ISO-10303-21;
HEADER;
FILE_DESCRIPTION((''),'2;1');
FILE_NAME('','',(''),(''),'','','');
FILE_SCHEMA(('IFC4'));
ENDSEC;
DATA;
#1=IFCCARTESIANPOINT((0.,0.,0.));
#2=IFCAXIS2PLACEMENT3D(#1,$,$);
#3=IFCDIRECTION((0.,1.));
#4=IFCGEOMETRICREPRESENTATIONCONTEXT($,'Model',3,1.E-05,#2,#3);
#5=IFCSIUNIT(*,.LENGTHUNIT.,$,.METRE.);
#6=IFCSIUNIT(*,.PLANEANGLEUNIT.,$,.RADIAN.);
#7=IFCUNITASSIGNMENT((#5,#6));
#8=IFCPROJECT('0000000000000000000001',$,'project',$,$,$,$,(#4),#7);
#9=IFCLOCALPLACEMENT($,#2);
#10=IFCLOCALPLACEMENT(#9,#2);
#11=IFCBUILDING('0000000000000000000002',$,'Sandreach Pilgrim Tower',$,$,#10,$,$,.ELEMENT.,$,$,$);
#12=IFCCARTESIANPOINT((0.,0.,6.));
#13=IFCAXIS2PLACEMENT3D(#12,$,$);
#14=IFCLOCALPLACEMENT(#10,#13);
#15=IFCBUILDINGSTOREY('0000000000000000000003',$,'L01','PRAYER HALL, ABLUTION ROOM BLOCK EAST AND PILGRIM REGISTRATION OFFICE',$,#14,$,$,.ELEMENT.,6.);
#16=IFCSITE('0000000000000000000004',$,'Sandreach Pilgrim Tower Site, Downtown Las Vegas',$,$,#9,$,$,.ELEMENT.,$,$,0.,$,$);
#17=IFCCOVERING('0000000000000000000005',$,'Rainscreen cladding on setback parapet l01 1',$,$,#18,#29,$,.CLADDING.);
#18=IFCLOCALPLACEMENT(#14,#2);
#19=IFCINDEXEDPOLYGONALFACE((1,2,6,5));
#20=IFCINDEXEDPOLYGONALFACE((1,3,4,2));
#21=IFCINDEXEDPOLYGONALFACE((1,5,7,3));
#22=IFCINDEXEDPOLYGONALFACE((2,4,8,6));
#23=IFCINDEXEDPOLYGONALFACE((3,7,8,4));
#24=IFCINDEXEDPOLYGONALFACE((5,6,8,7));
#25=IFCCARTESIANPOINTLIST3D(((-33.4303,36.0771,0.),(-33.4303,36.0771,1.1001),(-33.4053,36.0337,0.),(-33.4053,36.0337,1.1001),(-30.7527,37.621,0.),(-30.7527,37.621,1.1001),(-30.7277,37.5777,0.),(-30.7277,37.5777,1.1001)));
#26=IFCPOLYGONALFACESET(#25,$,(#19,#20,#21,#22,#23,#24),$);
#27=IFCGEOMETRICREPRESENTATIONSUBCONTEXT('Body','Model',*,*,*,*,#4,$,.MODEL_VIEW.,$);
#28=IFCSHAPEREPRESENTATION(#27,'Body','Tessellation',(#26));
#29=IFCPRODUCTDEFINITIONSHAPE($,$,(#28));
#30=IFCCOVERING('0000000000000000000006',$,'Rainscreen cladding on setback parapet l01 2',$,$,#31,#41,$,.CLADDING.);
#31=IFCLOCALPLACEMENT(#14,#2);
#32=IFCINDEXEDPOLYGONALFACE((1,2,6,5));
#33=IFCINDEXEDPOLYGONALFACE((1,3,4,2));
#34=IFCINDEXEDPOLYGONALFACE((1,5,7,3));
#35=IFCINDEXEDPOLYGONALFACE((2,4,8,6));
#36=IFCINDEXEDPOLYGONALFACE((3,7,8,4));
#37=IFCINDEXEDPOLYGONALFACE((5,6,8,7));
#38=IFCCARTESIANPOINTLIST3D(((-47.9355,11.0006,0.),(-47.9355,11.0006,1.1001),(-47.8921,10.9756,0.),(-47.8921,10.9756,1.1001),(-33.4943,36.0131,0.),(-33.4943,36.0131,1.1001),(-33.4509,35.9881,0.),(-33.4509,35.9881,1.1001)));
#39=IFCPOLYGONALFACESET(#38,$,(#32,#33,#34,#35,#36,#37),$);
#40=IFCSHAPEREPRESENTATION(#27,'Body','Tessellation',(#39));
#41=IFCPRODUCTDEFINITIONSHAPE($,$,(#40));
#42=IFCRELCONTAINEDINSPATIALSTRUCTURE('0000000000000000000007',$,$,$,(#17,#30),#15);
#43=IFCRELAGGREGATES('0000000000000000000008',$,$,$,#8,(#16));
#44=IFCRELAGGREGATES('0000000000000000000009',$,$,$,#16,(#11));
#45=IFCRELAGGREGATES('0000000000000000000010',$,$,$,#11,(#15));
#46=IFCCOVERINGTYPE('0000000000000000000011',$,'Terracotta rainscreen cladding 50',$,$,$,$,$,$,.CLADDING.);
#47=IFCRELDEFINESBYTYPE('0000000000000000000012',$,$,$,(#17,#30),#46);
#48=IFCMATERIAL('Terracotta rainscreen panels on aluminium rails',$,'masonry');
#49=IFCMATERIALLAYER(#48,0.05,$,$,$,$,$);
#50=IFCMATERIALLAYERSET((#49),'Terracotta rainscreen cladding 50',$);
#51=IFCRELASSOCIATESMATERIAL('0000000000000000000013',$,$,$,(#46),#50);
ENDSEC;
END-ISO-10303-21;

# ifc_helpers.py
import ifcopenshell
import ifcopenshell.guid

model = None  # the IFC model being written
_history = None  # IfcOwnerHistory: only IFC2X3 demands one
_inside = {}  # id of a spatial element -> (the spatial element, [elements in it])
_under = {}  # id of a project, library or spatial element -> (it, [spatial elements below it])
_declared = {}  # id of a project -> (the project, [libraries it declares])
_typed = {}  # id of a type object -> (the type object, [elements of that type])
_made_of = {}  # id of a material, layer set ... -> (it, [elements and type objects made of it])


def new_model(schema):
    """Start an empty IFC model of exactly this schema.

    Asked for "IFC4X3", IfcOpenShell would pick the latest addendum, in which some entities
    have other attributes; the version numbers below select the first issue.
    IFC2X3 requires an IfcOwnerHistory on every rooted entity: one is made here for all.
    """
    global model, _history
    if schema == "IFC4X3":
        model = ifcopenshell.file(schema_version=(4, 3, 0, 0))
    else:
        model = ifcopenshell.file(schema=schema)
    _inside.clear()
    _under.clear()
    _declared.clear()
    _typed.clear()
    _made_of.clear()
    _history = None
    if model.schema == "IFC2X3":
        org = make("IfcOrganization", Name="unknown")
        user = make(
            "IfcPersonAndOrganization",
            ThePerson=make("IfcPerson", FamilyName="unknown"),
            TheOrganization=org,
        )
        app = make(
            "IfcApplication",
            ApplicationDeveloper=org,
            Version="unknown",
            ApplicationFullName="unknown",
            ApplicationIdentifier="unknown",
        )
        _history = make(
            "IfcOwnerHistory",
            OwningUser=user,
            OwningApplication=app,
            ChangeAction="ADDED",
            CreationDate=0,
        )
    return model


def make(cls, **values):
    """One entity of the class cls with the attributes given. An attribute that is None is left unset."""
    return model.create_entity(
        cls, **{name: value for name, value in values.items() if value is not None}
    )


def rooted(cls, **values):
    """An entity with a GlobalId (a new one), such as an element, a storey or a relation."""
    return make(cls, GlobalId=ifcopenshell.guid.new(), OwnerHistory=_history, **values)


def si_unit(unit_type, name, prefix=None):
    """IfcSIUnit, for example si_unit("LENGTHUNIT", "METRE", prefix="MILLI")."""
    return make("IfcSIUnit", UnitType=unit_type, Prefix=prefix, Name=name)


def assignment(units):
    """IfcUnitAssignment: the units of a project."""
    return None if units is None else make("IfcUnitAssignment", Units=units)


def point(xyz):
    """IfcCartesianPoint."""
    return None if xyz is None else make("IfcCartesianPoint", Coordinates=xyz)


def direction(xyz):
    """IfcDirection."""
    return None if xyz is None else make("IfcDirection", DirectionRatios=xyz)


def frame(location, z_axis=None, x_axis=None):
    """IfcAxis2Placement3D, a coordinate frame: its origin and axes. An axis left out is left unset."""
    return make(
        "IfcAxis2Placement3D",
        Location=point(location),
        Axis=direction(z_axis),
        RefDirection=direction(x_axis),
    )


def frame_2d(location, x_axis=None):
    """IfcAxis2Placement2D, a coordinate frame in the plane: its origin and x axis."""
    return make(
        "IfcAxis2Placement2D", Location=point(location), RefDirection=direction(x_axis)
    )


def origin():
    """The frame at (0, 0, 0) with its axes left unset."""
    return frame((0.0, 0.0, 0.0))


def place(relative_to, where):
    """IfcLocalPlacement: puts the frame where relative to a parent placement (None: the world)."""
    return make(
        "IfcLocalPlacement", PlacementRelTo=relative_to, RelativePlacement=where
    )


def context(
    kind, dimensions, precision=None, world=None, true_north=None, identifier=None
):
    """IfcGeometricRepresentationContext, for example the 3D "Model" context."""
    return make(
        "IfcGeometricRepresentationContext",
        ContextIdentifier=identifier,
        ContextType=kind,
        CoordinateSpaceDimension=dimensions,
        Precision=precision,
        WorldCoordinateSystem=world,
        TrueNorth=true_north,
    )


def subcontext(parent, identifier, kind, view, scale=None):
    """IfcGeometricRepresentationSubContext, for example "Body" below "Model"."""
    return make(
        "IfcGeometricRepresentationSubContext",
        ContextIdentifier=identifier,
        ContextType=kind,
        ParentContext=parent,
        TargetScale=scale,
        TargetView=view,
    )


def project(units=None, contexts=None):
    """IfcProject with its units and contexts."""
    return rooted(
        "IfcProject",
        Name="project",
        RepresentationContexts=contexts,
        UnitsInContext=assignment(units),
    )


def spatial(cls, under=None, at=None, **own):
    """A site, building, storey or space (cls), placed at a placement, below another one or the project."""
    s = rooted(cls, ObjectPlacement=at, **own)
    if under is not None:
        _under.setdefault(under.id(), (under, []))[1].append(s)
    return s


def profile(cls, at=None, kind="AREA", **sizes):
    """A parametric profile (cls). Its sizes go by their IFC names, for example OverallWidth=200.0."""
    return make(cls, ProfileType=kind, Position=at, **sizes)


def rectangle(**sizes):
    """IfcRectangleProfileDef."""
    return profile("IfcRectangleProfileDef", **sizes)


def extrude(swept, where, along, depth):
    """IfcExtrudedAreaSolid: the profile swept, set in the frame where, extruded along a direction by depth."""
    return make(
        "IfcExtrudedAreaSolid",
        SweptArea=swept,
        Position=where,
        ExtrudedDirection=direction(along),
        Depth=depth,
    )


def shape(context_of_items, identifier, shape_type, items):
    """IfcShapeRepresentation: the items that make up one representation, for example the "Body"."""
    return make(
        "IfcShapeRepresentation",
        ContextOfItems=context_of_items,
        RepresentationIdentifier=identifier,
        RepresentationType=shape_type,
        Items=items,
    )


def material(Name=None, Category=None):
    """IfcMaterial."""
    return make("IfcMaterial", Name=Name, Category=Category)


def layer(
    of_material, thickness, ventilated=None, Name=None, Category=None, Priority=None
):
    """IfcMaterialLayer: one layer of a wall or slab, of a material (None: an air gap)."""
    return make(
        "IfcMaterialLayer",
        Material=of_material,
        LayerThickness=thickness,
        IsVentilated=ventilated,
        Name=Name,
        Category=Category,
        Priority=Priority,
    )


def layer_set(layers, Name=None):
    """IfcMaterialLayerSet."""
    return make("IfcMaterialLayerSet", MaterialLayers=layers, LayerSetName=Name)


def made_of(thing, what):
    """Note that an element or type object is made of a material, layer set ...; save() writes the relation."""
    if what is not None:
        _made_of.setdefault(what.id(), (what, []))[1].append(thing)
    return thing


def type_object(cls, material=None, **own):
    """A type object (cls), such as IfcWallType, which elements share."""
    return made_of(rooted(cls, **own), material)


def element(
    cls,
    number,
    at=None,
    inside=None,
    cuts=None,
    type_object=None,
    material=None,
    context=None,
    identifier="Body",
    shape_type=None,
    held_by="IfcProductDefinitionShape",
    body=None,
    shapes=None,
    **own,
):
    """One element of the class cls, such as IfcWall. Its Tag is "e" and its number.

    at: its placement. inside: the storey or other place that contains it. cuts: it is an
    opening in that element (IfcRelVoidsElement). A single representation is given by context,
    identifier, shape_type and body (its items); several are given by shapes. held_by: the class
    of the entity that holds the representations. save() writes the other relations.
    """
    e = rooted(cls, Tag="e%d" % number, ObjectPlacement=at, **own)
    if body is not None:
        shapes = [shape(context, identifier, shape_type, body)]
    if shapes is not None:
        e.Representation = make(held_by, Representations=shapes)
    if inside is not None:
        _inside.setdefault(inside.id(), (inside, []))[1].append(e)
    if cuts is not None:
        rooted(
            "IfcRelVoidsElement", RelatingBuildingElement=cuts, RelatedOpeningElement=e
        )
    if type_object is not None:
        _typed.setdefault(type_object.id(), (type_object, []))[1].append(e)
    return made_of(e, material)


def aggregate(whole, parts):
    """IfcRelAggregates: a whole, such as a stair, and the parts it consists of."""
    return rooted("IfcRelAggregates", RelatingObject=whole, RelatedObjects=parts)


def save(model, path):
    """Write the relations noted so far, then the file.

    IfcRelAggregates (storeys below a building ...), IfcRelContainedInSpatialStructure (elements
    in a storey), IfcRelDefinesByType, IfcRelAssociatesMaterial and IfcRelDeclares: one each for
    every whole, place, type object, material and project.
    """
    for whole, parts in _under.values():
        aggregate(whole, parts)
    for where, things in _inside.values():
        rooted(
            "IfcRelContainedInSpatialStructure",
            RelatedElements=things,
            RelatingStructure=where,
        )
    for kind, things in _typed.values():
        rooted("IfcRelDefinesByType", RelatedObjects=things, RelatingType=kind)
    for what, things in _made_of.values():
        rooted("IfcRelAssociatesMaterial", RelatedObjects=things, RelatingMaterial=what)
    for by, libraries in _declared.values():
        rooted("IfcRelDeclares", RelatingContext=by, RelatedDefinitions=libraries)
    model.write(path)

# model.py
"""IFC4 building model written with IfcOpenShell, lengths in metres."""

from ifc_helpers import new_model, si_unit, direction, frame, frame_2d, origin, place, context, subcontext, project, spatial, rectangle, extrude, material, layer, layer_set, type_object, element, save


model = new_model("IFC4")

# Units and contexts
model_context = context("Model", 3, precision=1e-05, world=origin(), true_north=direction((0.0, 1.0)))
body_context = subcontext(model_context, "Body", "Model", "MODEL_VIEW")
ifc_project = project(units=[si_unit("LENGTHUNIT", "METRE"), si_unit("PLANEANGLEUNIT", "RADIAN")], contexts=[model_context])

# Site, building, storey
site_placement = place(None, origin())
site = spatial("IfcSite", under=ifc_project, at=site_placement, Name="Sandreach Pilgrim Tower Site, Downtown Las Vegas", CompositionType="ELEMENT", RefElevation=0.0)
building_placement = place(site_placement, origin())
building = spatial("IfcBuilding", under=site, at=building_placement, Name="Sandreach Pilgrim Tower", CompositionType="ELEMENT")
storey_placement = place(building_placement, frame((0.0, 0.0, 6.0)))
storey = spatial("IfcBuildingStorey", under=building, at=storey_placement, Name="L01", Description="PRAYER HALL, ABLUTION ROOM BLOCK EAST AND PILGRIM REGISTRATION OFFICE", CompositionType="ELEMENT", Elevation=6.0)

# Coverings
ifc_material_1 = material(Name="Terracotta rainscreen panels on aluminium rails", Category="masonry")
ifc_layer_1 = layer(ifc_material_1, 0.05)
ifc_layer_set_1 = layer_set([ifc_layer_1], Name="Terracotta rainscreen cladding 50")
covering_type = type_object("IfcCoveringType", Name="Terracotta rainscreen cladding 50", PredefinedType="CLADDING", material=ifc_layer_set_1)
covering_1_placement = place(storey_placement, frame((-30.7402, 37.5994, 0.0), z_axis=(0.0, 0.0, 1.0), x_axis=(-0.866292, -0.499538, 0.0)))
element("IfcCovering", 1, at=covering_1_placement, inside=storey, type_object=covering_type, Name="Rainscreen cladding on setback parapet l01 1", PredefinedType="CLADDING", context=body_context, shape_type="SweptSolid", body=[
    extrude(rectangle(XDim=3.0908, YDim=0.05, at=frame_2d((1.5454, 0.0))), origin(), (0.0, 0.0, 1.0), 1.1001),
])
covering_2_placement = place(storey_placement, frame((-33.4727, 36.0005, 0.0), z_axis=(0.0, 0.0, 1.0), x_axis=(-0.500006, -0.866022, 0.0)))
element("IfcCovering", 2, at=covering_2_placement, inside=storey, type_object=covering_type, Name="Rainscreen cladding on setback parapet l01 2", PredefinedType="CLADDING", context=body_context, shape_type="SweptSolid", body=[
    extrude(rectangle(XDim=28.8821, YDim=0.05, at=frame_2d((14.4409, 0.0))), origin(), (0.0, 0.0, 1.0), 1.1001),
])

save(model, "model.ifc")
